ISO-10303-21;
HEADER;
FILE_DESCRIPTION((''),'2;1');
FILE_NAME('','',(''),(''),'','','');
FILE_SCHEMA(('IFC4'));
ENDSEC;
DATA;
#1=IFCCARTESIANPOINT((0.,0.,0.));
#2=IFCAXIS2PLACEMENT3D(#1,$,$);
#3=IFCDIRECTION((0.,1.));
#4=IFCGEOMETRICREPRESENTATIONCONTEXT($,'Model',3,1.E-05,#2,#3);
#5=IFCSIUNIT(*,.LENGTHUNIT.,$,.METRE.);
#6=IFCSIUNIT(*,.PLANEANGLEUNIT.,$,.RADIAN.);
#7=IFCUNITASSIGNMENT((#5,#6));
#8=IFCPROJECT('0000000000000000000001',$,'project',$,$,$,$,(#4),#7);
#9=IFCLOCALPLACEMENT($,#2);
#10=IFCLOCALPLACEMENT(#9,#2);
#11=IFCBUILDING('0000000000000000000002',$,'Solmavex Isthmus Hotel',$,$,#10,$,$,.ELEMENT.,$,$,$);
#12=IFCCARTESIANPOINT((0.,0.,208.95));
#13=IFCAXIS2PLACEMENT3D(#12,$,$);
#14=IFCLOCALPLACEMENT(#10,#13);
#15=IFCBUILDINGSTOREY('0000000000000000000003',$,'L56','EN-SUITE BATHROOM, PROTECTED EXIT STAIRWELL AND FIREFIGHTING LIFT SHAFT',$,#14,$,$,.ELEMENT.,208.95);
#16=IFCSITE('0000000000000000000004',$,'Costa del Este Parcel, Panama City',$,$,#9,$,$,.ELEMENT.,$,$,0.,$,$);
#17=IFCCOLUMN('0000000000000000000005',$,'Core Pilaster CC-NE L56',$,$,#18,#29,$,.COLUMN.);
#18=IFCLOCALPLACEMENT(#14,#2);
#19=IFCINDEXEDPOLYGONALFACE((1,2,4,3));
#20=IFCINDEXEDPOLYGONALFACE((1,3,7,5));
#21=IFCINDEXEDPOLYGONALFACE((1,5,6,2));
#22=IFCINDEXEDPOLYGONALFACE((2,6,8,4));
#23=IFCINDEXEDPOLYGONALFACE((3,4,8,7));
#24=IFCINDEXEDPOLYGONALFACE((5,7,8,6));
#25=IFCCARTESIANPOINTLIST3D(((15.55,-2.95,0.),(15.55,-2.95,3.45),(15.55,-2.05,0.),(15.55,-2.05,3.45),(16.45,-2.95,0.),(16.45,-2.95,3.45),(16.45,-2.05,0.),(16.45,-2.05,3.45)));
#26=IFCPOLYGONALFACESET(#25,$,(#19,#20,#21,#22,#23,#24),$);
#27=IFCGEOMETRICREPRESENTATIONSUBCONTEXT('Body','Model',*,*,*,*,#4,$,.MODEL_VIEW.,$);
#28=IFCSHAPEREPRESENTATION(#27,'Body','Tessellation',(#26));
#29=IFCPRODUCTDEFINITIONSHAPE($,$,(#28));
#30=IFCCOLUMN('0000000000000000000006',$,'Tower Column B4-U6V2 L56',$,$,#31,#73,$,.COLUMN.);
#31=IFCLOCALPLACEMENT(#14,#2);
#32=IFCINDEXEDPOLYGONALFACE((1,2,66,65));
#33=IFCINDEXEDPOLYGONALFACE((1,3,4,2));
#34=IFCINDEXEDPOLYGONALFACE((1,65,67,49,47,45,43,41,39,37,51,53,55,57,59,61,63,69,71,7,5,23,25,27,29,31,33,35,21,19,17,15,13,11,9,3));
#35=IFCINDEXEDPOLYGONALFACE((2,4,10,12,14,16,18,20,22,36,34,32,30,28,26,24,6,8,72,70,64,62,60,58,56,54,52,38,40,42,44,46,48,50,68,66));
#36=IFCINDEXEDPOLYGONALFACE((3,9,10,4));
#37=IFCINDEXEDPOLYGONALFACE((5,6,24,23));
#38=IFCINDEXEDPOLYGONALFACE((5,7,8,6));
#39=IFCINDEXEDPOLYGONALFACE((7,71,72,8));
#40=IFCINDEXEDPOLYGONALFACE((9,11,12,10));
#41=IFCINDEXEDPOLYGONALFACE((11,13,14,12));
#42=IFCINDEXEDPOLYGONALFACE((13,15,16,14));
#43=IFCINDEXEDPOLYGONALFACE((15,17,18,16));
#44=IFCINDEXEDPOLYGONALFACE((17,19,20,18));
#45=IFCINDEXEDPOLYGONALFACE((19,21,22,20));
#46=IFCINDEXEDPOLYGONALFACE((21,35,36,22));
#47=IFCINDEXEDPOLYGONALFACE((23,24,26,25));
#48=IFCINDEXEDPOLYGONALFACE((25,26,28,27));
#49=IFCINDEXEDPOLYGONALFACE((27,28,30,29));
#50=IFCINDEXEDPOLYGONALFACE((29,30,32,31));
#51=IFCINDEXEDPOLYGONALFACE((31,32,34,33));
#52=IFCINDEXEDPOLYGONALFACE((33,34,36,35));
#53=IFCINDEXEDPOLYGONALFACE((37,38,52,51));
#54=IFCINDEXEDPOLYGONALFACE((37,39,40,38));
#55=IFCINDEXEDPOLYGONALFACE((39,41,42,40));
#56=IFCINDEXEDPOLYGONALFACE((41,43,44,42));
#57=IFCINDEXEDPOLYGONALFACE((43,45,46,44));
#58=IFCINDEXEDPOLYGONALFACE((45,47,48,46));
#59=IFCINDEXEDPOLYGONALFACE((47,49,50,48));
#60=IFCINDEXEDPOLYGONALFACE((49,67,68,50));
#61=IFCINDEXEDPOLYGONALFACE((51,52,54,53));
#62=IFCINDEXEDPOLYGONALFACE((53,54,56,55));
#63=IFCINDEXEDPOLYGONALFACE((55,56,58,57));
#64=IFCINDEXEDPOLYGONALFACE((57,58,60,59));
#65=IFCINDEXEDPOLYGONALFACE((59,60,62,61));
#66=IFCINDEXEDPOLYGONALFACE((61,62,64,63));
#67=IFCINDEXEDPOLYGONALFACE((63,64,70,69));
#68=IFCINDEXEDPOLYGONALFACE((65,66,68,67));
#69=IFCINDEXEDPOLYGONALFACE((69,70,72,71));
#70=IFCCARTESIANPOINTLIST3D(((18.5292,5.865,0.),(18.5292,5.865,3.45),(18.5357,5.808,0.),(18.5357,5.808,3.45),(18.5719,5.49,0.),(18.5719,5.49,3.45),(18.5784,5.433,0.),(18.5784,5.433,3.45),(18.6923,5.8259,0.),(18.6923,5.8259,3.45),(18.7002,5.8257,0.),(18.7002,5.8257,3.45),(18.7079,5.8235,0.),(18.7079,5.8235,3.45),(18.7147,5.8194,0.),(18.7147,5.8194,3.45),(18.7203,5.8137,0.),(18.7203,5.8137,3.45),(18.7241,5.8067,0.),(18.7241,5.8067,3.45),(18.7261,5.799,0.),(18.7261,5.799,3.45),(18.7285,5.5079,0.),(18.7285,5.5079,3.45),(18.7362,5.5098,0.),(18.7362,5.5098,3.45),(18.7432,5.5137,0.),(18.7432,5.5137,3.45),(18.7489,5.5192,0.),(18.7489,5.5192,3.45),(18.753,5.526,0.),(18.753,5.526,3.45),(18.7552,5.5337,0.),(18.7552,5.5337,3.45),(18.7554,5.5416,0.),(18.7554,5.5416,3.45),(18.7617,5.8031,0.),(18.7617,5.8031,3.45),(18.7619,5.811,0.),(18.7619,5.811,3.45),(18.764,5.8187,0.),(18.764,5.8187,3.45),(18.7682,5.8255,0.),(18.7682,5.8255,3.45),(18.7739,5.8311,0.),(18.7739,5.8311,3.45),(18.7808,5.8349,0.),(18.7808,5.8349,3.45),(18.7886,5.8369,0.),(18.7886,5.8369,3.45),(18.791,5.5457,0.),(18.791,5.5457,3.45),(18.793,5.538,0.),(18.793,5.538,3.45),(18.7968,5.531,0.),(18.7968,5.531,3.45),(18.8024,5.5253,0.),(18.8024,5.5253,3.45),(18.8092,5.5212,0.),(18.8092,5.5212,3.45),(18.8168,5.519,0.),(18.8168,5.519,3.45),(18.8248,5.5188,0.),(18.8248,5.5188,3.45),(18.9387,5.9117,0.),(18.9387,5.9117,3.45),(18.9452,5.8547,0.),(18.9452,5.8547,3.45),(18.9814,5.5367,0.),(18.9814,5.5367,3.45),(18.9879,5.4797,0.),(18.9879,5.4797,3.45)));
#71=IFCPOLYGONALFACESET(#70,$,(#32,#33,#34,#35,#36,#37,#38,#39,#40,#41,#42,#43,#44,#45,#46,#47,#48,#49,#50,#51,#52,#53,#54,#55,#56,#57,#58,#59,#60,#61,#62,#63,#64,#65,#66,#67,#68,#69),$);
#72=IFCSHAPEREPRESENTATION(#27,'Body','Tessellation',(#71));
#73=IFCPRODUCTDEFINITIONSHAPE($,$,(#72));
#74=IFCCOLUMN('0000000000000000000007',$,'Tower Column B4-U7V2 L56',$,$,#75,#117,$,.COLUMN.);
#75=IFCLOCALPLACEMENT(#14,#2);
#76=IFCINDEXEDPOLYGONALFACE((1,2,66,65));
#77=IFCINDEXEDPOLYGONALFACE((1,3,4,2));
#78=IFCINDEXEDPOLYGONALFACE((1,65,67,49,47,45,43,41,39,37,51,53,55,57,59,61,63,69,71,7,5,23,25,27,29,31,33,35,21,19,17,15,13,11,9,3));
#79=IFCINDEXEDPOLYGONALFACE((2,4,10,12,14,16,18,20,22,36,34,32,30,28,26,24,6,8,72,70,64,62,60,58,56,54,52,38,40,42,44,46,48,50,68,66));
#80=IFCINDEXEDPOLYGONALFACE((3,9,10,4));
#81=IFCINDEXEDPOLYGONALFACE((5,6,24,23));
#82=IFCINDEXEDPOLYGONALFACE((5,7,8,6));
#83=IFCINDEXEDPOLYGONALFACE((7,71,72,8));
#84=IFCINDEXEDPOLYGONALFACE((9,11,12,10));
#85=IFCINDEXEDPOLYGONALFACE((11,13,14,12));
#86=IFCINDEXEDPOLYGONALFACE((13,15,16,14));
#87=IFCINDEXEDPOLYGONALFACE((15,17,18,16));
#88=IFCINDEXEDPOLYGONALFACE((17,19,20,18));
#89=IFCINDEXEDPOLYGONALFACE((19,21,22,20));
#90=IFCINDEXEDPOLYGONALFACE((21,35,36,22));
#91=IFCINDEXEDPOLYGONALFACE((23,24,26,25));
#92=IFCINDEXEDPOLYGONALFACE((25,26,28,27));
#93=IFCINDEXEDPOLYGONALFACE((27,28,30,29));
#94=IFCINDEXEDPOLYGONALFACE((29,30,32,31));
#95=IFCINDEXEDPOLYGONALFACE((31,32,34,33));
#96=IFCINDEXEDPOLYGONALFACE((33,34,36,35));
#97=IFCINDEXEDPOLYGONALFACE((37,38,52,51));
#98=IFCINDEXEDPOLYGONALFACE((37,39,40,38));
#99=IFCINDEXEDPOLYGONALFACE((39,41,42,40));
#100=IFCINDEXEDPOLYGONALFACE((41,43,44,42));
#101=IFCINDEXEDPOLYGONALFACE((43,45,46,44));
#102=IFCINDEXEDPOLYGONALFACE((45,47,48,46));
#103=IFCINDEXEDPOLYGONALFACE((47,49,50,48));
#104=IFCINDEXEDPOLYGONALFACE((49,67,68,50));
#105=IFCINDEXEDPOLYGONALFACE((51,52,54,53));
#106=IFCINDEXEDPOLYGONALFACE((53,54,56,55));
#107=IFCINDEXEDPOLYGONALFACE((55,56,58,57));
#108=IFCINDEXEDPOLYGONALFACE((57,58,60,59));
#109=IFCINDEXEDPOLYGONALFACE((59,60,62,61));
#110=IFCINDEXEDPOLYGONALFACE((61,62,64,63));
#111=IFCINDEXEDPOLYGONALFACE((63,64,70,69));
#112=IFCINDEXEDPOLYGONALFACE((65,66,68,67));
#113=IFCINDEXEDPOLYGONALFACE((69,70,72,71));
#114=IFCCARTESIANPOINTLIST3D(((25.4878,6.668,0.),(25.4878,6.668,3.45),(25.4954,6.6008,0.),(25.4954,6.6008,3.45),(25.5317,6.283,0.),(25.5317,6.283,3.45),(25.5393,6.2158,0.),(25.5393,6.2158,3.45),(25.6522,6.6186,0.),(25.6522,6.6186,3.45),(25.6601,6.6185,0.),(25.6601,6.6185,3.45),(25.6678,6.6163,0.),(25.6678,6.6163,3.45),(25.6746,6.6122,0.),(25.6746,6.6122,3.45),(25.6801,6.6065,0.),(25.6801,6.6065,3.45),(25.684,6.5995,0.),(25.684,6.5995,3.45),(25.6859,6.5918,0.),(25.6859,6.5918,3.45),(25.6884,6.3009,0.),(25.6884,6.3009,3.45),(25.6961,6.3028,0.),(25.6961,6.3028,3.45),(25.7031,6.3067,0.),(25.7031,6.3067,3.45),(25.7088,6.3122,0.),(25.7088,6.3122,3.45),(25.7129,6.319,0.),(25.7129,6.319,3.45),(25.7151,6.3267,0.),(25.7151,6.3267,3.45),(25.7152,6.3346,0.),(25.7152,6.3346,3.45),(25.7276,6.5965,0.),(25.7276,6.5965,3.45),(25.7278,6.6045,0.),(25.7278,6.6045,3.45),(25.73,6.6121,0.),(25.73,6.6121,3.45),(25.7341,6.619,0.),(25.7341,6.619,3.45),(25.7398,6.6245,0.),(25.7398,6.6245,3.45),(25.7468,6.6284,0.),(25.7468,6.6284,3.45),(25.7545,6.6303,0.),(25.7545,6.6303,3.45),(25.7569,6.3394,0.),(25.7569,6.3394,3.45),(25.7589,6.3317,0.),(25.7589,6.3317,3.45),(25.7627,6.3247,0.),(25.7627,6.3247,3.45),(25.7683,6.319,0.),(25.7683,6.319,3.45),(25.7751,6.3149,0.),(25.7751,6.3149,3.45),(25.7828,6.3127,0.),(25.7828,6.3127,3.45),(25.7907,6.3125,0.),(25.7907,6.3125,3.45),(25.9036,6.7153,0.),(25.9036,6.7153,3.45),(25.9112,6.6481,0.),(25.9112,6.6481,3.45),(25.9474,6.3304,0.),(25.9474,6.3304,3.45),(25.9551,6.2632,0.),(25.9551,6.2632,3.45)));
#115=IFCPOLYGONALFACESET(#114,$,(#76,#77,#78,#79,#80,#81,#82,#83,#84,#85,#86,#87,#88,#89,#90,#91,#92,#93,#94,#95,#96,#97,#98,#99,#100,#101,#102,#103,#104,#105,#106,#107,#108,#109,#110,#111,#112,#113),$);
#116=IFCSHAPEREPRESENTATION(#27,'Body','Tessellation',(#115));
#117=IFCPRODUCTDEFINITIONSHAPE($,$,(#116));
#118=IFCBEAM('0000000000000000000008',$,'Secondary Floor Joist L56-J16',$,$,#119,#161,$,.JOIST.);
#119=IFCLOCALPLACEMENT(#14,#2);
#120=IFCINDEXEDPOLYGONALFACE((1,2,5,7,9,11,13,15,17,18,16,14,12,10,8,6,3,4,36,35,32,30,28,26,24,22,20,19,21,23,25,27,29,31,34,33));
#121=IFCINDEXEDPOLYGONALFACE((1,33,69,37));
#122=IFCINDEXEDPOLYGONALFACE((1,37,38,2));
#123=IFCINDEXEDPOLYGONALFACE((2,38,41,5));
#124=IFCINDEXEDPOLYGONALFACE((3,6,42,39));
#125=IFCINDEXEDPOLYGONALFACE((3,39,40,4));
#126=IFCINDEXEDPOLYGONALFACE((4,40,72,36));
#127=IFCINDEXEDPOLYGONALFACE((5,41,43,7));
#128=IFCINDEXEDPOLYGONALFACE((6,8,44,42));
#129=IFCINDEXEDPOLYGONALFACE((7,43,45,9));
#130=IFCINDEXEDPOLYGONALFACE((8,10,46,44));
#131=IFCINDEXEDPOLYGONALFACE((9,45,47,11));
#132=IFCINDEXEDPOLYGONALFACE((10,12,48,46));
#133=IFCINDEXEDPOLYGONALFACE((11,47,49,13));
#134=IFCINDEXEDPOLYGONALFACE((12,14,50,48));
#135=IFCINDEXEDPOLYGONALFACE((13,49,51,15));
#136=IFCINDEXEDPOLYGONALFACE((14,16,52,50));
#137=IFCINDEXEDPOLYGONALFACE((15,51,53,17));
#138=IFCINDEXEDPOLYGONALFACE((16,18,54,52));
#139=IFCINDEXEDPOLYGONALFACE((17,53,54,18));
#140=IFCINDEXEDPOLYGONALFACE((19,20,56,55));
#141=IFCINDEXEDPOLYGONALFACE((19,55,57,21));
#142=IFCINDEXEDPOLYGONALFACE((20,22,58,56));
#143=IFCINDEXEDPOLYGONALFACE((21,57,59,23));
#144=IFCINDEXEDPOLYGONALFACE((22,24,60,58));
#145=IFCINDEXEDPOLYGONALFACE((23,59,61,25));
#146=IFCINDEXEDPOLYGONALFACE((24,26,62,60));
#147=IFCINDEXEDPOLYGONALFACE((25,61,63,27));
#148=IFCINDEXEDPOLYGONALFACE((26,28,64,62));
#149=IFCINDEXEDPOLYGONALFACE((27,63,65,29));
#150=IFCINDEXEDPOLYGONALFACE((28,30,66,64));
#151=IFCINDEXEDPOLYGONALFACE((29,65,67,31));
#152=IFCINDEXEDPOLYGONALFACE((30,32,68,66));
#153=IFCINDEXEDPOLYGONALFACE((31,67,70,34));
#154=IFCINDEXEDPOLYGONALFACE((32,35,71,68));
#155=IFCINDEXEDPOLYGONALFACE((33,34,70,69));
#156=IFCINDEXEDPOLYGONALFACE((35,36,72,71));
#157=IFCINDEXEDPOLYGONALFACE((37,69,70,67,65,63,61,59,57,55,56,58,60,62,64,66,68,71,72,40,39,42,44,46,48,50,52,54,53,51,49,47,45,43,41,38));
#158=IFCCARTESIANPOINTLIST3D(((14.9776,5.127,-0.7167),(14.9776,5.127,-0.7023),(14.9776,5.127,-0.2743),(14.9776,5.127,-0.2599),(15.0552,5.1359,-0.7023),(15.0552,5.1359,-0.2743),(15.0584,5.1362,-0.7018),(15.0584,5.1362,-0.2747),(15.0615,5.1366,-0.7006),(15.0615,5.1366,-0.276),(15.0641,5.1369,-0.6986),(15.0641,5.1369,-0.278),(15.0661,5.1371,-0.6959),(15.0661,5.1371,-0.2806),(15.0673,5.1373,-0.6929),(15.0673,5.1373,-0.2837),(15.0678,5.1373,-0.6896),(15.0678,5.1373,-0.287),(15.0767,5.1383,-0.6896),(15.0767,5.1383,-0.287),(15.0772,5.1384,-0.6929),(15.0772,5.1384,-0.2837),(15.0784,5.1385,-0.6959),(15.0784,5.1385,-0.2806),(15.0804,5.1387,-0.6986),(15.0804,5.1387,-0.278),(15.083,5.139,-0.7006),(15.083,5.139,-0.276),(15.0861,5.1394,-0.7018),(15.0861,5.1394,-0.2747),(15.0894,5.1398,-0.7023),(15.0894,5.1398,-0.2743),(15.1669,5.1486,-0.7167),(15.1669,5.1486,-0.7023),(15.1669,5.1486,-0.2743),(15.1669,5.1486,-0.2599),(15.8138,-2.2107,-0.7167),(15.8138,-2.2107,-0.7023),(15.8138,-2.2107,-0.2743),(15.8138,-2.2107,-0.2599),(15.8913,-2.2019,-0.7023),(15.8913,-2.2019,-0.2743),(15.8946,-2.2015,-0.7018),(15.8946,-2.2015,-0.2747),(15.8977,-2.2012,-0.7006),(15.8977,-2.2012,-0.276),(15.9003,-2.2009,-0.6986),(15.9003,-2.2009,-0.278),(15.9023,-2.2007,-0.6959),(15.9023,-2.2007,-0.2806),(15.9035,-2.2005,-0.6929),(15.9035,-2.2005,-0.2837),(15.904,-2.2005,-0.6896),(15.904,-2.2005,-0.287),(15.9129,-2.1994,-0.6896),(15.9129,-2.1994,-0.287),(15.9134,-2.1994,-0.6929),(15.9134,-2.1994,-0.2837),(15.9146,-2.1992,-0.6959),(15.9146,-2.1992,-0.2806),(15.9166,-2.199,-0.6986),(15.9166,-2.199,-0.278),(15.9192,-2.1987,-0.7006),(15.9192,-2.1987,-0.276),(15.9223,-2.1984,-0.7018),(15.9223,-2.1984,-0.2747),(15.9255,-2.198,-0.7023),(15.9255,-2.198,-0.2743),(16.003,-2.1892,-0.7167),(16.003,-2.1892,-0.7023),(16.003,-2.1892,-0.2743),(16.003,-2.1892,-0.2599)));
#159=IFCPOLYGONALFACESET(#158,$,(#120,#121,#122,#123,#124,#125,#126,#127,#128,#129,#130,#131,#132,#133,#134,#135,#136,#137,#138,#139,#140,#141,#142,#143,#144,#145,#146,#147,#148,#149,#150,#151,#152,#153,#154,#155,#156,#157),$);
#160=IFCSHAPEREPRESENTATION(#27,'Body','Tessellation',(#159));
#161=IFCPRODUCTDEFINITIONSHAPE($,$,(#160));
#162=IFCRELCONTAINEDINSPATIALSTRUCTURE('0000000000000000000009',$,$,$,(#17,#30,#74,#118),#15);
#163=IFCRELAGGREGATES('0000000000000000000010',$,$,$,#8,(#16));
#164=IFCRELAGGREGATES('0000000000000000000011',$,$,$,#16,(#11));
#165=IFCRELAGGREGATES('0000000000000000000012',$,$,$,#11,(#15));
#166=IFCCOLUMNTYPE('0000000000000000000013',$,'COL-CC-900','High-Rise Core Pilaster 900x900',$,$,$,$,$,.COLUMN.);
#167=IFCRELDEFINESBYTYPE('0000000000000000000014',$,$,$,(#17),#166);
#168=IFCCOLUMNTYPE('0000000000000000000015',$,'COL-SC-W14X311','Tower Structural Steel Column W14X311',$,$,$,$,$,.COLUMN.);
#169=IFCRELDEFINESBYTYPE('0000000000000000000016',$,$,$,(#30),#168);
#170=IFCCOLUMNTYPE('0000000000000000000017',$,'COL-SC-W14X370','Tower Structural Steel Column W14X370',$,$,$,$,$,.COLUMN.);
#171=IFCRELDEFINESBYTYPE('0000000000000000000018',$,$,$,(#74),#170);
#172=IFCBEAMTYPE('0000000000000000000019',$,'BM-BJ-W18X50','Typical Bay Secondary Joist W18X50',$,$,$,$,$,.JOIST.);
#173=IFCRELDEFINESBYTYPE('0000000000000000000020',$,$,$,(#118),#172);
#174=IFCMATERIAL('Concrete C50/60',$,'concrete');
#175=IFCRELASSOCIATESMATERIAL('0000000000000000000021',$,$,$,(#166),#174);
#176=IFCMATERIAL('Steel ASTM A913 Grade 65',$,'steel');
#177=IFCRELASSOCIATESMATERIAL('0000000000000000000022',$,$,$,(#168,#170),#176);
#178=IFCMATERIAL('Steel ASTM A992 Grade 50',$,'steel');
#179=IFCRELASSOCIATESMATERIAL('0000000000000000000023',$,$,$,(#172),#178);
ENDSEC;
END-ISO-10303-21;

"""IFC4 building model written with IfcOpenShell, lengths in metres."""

from ifc_helpers import new_model, si_unit, direction, frame, origin, origin_2d, place, context, subcontext, project, spatial, rectangle, i_section, extrude, material, material_profile, profile_set, type_object, element, save


model = new_model("IFC4")

# Units and contexts
model_context = context("Model", 3, precision=1e-05, world=origin(), true_north=direction((0.0, 1.0)))
body_context = subcontext(model_context, "Body", "Model", "MODEL_VIEW")
ifc_project = project(units=[si_unit("LENGTHUNIT", "METRE"), si_unit("PLANEANGLEUNIT", "RADIAN")], contexts=[model_context])

# Site, building, storey
site_placement = place(None, origin())
site = spatial("IfcSite", under=ifc_project, at=site_placement, Name="Costa del Este Parcel, Panama City", CompositionType="ELEMENT", RefElevation=0.0)
building_placement = place(site_placement, origin())
building = spatial("IfcBuilding", under=site, at=building_placement, Name="Solmavex Isthmus Hotel", CompositionType="ELEMENT")
storey_placement = place(building_placement, frame((0.0, 0.0, 208.95)))
storey = spatial("IfcBuildingStorey", under=building, at=storey_placement, Name="L56", Description="EN-SUITE BATHROOM, PROTECTED EXIT STAIRWELL AND FIREFIGHTING LIFT SHAFT", CompositionType="ELEMENT", Elevation=208.95)

# Columns
ifc_material_1 = material(Name="Concrete C50/60", Category="concrete")
ifc_material_profile_1 = material_profile(ifc_material_1, rectangle(XDim=0.8999, YDim=0.8999, at=origin_2d()), Name="RC900X900")
ifc_profile_set_1 = profile_set([ifc_material_profile_1], Name="Concrete C50/60")
column_type_1 = type_object("IfcColumnType", Name="COL-CC-900", Description="High-Rise Core Pilaster 900x900", PredefinedType="COLUMN", material=ifc_profile_set_1)
column_1_placement = place(storey_placement, frame((16.0, -2.5, 0.0), z_axis=(0.0, 0.0, 1.0), x_axis=(1.0, 0.0, 0.0)))
element("IfcColumn", 1, at=column_1_placement, inside=storey, type_object=column_type_1, Name="Core Pilaster CC-NE L56", PredefinedType="COLUMN", context=body_context, shape_type="SweptSolid", body=[
    extrude(rectangle(XDim=0.8999, YDim=0.8999, at=origin_2d()), origin(), (0.0, 0.0, 1.0), 3.45),
])
ifc_material_2 = material(Name="Steel ASTM A913 Grade 65", Category="steel")
ifc_material_profile_2 = material_profile(ifc_material_2, i_section(OverallWidth=0.4121, OverallDepth=0.4348, WebThickness=0.0359, FlangeThickness=0.0574, FilletRadius=0.0305, at=origin_2d()), Name="W14X311")
ifc_profile_set_2 = profile_set([ifc_material_profile_2], Name="Steel ASTM A913 Grade 65")
column_type_2 = type_object("IfcColumnType", Name="COL-SC-W14X311", Description="Tower Structural Steel Column W14X311", PredefinedType="COLUMN", material=ifc_profile_set_2)
column_2_placement = place(storey_placement, frame((18.7585, 5.6724, 0.0), z_axis=(0.0, 0.0, 1.0), x_axis=(0.993572, 0.113203, 0.0)))
element("IfcColumn", 2, at=column_2_placement, inside=storey, type_object=column_type_2, Name="Tower Column B4-U6V2 L56", PredefinedType="COLUMN", context=body_context, shape_type="SweptSolid", body=[
    extrude(i_section(OverallWidth=0.4121, OverallDepth=0.4348, WebThickness=0.0359, FlangeThickness=0.0574, FilletRadius=0.0305, at=origin_2d()), origin(), (0.0, 0.0, 1.0), 3.45),
])
ifc_material_profile_3 = material_profile(ifc_material_2, i_section(OverallWidth=0.4185, OverallDepth=0.4551, WebThickness=0.042, FlangeThickness=0.0676, FilletRadius=0.0305, at=origin_2d()), Name="W14X370")
ifc_profile_set_3 = profile_set([ifc_material_profile_3], Name="Steel ASTM A913 Grade 65")
column_type_3 = type_object("IfcColumnType", Name="COL-SC-W14X370", Description="Tower Structural Steel Column W14X370", PredefinedType="COLUMN", material=ifc_profile_set_3)
column_3_placement = place(storey_placement, frame((25.7214, 6.4656, 0.0), z_axis=(0.0, 0.0, 1.0), x_axis=(0.993572, 0.113203, 0.0)))
element("IfcColumn", 3, at=column_3_placement, inside=storey, type_object=column_type_3, Name="Tower Column B4-U7V2 L56", PredefinedType="COLUMN", context=body_context, shape_type="SweptSolid", body=[
    extrude(i_section(OverallWidth=0.4185, OverallDepth=0.4551, WebThickness=0.042, FlangeThickness=0.0676, FilletRadius=0.0305, at=origin_2d()), origin(), (0.0, 0.0, 1.0), 3.45),
])

# Beam
ifc_material_3 = material(Name="Steel ASTM A992 Grade 50", Category="steel")
ifc_material_profile_4 = material_profile(ifc_material_3, i_section(OverallWidth=0.1904, OverallDepth=0.4568, WebThickness=0.009, FlangeThickness=0.0144, FilletRadius=0.0127, at=origin_2d()), Name="W18X50")
ifc_profile_set_4 = profile_set([ifc_material_profile_4], Name="Steel ASTM A992 Grade 50")
beam_type_1 = type_object("IfcBeamType", Name="BM-BJ-W18X50", Description="Typical Bay Secondary Joist W18X50", PredefinedType="JOIST", material=ifc_profile_set_4)
beam_1_placement = place(storey_placement, frame((15.9084, -2.2, -0.4883), z_axis=(-0.113225, 0.993569, 0.0), x_axis=(-0.993569, -0.113225, 0.0)))
element("IfcBeam", 4, at=beam_1_placement, inside=storey, type_object=beam_type_1, Name="Secondary Floor Joist L56-J16", PredefinedType="JOIST", context=body_context, shape_type="SweptSolid", body=[
    extrude(i_section(OverallWidth=0.1904, OverallDepth=0.4568, WebThickness=0.009, FlangeThickness=0.0144, FilletRadius=0.0127, at=origin_2d()), origin(), (0.0, 0.0, 1.0), 7.3853),
])

save(model, "model.ifc")
